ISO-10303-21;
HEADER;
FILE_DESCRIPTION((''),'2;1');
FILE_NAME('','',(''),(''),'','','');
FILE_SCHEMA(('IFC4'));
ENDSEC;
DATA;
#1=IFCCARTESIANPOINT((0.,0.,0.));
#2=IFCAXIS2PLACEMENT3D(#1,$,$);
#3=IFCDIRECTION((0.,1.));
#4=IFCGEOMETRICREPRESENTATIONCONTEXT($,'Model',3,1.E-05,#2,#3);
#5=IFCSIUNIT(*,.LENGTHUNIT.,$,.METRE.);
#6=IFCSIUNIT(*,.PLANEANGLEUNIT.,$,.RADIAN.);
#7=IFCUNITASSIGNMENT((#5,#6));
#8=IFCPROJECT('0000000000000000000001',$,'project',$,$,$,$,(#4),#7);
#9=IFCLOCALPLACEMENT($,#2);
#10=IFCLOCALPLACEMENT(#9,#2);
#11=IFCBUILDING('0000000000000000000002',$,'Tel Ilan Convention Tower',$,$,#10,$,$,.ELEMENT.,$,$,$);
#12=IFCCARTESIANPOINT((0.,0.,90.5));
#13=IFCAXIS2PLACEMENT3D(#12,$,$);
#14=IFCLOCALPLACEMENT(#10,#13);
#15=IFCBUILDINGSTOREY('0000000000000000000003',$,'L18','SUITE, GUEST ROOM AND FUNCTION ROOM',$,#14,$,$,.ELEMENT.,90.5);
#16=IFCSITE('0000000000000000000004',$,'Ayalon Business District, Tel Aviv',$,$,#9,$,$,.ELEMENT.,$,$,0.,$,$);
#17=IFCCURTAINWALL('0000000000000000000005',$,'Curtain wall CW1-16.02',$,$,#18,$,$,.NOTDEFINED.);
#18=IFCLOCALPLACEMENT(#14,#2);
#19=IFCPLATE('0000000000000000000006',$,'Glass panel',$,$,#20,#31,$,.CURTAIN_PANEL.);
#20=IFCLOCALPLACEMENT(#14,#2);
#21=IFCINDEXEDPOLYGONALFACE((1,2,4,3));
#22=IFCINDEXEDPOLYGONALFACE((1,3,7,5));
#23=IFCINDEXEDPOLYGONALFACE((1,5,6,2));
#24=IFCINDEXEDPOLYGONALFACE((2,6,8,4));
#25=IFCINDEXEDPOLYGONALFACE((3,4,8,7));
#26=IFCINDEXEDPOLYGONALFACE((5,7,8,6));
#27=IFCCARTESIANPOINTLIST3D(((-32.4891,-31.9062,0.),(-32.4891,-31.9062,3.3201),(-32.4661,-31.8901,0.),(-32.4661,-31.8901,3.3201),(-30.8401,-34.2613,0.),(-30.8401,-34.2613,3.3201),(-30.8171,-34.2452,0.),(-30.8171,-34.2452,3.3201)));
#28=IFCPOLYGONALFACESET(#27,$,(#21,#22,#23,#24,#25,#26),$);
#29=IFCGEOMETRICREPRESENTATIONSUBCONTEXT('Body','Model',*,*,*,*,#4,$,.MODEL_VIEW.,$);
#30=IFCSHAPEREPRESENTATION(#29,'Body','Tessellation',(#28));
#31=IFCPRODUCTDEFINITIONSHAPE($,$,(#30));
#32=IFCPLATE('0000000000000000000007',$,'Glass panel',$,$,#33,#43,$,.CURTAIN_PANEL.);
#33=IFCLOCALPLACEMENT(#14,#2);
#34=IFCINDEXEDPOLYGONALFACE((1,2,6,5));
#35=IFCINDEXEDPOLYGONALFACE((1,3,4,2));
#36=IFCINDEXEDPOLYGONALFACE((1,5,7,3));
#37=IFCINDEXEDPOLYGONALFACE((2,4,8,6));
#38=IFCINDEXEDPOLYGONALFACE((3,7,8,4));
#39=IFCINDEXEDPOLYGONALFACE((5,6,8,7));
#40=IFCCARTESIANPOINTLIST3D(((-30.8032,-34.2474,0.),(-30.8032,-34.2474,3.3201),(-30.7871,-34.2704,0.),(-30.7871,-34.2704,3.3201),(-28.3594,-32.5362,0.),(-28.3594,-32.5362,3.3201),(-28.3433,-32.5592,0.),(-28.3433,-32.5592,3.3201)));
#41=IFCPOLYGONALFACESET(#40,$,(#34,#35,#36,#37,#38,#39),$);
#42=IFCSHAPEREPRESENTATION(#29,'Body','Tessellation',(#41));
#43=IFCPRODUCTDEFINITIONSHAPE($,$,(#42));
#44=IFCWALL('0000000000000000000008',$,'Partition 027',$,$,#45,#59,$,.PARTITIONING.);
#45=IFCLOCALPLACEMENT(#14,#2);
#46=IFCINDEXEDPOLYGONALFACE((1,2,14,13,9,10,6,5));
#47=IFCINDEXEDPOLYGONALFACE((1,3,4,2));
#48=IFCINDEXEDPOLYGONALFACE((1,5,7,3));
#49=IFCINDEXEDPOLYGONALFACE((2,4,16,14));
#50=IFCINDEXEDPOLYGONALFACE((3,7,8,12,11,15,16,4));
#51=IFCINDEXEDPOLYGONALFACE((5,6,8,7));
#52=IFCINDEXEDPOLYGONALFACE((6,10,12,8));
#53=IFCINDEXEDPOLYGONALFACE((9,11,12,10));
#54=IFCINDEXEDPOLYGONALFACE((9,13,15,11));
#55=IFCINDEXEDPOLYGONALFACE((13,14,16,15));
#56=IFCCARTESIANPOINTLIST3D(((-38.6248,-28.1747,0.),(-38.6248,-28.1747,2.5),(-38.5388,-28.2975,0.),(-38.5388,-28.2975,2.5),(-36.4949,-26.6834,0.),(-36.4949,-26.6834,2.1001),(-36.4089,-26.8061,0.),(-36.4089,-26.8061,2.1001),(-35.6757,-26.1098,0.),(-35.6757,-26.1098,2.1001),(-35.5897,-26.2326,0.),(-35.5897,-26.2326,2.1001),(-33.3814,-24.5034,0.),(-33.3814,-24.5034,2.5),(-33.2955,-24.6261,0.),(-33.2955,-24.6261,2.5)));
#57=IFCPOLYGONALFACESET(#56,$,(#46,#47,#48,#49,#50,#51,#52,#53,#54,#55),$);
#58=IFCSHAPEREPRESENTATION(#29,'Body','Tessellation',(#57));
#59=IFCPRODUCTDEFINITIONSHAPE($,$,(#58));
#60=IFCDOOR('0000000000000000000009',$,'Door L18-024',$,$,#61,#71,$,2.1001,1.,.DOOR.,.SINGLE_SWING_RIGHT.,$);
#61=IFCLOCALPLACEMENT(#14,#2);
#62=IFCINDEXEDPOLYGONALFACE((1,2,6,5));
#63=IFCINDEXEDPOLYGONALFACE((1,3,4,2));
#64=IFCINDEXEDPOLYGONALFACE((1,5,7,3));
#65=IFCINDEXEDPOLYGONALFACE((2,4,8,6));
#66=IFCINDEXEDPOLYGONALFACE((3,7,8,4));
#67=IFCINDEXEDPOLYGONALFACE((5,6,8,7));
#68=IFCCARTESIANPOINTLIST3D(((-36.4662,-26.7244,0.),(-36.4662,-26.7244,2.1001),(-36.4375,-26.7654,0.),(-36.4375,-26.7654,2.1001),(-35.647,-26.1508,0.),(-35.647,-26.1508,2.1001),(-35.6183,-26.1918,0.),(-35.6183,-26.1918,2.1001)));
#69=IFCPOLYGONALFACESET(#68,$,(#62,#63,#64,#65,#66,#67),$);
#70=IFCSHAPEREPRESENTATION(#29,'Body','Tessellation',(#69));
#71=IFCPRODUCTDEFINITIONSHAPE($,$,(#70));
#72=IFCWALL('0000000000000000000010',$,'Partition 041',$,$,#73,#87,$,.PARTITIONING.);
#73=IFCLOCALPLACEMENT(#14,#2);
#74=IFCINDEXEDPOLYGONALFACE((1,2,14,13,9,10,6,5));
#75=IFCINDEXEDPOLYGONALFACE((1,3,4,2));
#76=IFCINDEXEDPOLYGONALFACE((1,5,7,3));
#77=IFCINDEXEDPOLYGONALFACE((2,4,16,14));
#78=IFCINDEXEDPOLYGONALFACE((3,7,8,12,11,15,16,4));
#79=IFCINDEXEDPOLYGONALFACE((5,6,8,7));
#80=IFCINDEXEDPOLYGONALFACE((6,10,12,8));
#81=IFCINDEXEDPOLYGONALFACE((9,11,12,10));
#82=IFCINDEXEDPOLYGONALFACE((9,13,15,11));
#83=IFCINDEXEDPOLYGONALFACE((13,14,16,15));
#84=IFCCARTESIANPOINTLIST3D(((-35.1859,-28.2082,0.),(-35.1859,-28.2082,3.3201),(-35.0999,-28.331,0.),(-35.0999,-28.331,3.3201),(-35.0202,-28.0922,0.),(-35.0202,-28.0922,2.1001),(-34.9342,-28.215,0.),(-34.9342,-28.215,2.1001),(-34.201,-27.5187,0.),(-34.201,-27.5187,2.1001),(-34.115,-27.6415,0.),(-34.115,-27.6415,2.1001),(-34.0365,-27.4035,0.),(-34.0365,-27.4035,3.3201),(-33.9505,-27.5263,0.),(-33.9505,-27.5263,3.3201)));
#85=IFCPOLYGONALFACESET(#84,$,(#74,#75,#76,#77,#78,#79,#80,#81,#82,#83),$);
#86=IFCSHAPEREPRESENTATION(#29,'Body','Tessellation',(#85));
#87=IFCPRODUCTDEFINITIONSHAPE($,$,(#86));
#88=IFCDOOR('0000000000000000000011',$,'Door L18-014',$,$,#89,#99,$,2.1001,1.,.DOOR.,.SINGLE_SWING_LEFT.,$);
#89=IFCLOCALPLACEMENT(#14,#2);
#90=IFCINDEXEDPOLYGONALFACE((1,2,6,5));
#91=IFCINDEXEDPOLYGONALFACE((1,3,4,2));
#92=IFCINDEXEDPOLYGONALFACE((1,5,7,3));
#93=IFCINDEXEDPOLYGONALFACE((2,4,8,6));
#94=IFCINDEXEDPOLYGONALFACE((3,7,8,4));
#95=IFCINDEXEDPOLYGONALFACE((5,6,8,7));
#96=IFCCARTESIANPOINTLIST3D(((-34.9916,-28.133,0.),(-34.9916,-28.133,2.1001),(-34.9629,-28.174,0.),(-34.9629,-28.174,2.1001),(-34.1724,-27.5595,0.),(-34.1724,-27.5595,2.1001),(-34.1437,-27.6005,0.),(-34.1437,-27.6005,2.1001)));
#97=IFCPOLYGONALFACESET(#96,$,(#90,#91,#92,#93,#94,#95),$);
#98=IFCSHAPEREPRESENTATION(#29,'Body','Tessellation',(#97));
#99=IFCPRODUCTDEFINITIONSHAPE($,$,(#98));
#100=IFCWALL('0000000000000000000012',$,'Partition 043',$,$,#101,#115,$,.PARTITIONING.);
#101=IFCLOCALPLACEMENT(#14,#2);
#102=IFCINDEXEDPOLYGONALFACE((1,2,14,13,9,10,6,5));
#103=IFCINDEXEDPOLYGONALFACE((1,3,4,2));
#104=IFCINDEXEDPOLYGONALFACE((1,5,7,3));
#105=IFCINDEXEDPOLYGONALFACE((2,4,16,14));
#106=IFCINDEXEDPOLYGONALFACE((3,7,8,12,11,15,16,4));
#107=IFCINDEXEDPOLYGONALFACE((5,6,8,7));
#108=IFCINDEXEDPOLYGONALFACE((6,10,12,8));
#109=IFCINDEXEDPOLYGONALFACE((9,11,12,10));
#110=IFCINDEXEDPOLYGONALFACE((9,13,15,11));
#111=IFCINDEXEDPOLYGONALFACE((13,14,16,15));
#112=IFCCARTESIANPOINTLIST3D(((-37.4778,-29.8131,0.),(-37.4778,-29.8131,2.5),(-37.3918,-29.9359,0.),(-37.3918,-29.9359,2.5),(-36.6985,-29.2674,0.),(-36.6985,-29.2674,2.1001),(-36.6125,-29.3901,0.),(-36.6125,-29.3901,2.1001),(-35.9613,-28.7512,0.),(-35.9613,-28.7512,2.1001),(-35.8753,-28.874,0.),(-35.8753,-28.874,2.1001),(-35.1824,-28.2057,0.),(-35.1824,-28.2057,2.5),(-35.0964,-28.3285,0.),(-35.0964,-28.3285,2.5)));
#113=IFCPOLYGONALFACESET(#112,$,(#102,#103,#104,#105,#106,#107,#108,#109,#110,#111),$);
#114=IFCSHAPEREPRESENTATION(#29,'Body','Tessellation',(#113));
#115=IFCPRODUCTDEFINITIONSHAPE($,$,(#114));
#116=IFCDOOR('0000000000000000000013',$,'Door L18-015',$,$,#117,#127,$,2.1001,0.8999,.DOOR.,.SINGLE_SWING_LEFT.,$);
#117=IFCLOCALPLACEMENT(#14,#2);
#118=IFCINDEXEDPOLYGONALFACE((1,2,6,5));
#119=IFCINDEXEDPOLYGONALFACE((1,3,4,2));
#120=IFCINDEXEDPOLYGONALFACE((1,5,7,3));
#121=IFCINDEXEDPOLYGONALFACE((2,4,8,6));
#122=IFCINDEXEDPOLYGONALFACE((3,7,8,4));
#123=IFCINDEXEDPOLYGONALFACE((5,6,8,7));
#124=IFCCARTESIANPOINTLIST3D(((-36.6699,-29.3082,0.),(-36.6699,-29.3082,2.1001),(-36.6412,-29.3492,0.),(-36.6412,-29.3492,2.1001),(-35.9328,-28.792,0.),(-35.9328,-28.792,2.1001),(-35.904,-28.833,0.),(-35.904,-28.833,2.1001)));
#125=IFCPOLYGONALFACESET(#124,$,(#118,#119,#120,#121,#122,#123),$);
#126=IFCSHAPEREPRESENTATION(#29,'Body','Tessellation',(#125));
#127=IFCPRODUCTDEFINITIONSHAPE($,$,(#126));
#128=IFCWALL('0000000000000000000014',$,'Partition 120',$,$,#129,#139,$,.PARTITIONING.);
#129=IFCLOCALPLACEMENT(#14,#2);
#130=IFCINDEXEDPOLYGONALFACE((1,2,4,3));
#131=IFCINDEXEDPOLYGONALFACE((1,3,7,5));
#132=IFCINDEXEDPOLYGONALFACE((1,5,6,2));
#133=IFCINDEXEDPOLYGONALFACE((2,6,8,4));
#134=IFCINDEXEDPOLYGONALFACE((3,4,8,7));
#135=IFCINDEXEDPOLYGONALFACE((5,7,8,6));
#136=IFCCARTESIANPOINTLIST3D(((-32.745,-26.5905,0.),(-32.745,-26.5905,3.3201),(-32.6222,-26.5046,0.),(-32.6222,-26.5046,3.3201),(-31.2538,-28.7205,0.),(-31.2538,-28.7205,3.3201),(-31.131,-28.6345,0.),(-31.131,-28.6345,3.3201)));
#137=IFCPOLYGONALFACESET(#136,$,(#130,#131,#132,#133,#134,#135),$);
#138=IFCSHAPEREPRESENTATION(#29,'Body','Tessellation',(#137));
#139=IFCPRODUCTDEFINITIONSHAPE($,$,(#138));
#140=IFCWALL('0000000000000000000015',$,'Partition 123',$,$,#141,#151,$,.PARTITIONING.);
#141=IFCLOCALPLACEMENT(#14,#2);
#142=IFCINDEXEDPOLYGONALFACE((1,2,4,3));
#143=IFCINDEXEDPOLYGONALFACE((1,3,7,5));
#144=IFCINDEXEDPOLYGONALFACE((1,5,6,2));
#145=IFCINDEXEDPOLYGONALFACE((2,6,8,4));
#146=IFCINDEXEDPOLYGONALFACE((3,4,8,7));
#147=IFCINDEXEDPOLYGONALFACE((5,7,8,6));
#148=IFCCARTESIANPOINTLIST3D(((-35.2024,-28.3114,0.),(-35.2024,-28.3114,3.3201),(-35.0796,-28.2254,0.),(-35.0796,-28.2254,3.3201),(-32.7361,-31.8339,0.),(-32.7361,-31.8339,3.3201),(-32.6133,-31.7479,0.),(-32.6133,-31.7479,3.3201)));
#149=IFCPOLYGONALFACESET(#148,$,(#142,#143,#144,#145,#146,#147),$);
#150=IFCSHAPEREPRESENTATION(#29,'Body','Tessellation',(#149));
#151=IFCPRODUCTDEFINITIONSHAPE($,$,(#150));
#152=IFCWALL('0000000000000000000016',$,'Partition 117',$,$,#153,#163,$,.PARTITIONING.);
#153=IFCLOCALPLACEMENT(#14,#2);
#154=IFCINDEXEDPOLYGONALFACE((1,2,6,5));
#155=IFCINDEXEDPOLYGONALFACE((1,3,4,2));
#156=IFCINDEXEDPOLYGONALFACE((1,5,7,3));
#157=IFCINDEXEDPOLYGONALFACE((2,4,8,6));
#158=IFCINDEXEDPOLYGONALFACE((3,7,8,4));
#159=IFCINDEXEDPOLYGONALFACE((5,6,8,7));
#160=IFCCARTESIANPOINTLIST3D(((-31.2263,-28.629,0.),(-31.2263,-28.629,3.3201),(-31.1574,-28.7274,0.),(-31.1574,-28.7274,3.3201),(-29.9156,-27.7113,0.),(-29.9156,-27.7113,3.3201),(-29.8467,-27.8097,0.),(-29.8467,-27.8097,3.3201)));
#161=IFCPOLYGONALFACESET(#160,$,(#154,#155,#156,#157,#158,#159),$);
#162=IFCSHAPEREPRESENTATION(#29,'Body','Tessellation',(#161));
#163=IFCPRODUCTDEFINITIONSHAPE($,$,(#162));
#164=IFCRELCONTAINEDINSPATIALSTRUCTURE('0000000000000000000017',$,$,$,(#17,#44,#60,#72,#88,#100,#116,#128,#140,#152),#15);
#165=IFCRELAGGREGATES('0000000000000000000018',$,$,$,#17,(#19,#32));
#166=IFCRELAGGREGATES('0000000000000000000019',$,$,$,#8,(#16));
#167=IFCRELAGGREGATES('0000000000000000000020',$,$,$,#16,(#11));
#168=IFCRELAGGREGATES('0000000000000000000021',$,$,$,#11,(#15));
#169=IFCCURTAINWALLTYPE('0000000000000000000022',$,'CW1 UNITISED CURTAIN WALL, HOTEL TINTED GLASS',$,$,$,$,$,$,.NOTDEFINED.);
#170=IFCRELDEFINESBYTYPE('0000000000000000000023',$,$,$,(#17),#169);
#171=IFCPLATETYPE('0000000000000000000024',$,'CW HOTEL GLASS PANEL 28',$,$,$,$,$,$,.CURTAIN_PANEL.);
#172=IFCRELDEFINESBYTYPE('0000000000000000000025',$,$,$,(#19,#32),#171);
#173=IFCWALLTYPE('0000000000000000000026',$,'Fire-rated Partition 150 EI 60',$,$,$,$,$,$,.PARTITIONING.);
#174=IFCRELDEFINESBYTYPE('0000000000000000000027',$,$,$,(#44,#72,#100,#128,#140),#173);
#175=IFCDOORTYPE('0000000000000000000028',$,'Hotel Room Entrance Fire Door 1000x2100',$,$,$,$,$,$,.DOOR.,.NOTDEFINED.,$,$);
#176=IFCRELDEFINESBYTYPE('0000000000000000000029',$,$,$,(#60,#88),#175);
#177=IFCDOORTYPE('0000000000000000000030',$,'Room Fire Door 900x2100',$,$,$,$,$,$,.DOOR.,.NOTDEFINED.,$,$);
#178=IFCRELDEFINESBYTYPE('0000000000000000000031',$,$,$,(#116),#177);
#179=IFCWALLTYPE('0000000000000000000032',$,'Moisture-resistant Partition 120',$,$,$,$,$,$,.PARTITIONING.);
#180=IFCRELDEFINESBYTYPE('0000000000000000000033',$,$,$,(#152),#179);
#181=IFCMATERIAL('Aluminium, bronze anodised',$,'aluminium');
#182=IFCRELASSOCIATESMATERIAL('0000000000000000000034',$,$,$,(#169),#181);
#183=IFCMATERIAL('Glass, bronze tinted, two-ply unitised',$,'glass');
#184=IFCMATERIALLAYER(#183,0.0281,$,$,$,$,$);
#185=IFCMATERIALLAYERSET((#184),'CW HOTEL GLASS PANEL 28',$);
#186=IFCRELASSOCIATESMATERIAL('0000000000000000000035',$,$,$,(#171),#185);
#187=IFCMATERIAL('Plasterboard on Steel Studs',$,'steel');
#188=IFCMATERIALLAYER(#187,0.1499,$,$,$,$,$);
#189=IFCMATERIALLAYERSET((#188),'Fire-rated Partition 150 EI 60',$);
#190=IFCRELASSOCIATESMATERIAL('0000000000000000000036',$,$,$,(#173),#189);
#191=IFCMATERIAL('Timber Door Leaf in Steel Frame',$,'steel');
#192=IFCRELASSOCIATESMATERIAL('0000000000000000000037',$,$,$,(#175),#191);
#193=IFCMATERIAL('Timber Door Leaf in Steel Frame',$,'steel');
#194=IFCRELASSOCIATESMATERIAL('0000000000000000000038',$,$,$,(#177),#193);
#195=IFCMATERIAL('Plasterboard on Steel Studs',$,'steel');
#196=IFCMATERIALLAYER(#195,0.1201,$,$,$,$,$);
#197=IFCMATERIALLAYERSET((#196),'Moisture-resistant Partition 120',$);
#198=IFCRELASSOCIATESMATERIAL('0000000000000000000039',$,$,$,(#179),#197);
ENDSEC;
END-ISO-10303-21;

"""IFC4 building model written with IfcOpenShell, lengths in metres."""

from ifc_helpers import new_model, si_unit, direction, frame, frame_2d, origin, origin_2d, place, context, subcontext, project, spatial, rectangle, extrude, material, layer, layer_set, type_object, element, fill, aggregate, save


model = new_model("IFC4")

# Units and contexts
model_context = context("Model", 3, precision=1e-05, world=origin(), true_north=direction((0.0, 1.0)))
body_context = subcontext(model_context, "Body", "Model", "MODEL_VIEW")
ifc_project = project(units=[si_unit("LENGTHUNIT", "METRE"), si_unit("PLANEANGLEUNIT", "RADIAN")], contexts=[model_context])

# Site, building, storey
site_placement = place(None, origin())
site = spatial("IfcSite", under=ifc_project, at=site_placement, Name="Ayalon Business District, Tel Aviv", CompositionType="ELEMENT", RefElevation=0.0)
building_placement = place(site_placement, origin())
building = spatial("IfcBuilding", under=site, at=building_placement, Name="Tel Ilan Convention Tower", CompositionType="ELEMENT")
storey_placement = place(building_placement, frame((0.0, 0.0, 90.5)))
storey = spatial("IfcBuildingStorey", under=building, at=storey_placement, Name="L18", Description="SUITE, GUEST ROOM AND FUNCTION ROOM", CompositionType="ELEMENT", Elevation=90.5)

# Curtain wall, plates
ifc_material_1 = material(Name="Aluminium, bronze anodised", Category="aluminium")
curtain_wall_type = type_object("IfcCurtainWallType", Name="CW1 UNITISED CURTAIN WALL, HOTEL TINTED GLASS", PredefinedType="NOTDEFINED", material=ifc_material_1)
curtain_wall_placement = place(storey_placement, origin())
curtain_wall = element("IfcCurtainWall", 1, at=curtain_wall_placement, inside=storey, type_object=curtain_wall_type, Name="Curtain wall CW1-16.02", PredefinedType="NOTDEFINED")
ifc_material_2 = material(Name="Glass, bronze tinted, two-ply unitised", Category="glass")
ifc_layer_1 = layer(ifc_material_2, 0.0281)
ifc_layer_set_1 = layer_set([ifc_layer_1], Name="CW HOTEL GLASS PANEL 28")
plate_type = type_object("IfcPlateType", Name="CW HOTEL GLASS PANEL 28", PredefinedType="CURTAIN_PANEL", material=ifc_layer_set_1)
plate_1_placement = place(storey_placement, frame((-31.6531, -33.0757, 0.0), z_axis=(0.0, 0.0, 1.0), x_axis=(0.573576, -0.819152, 0.0)))
plate_1 = element("IfcPlate", 2, at=plate_1_placement, type_object=plate_type, Name="Glass panel", PredefinedType="CURTAIN_PANEL", context=body_context, shape_type="SweptSolid", body=[
    extrude(rectangle(XDim=2.875, YDim=0.0281, at=origin_2d()), origin(), (0.0, 0.0, 1.0), 3.3201),
])
plate_2_placement = place(storey_placement, frame((-29.5732, -33.4033, 0.0), z_axis=(0.0, 0.0, 1.0), x_axis=(0.819152, 0.573576, 0.0)))
plate_2 = element("IfcPlate", 3, at=plate_2_placement, type_object=plate_type, Name="Glass panel", PredefinedType="CURTAIN_PANEL", context=body_context, shape_type="SweptSolid", body=[
    extrude(rectangle(XDim=2.9834, YDim=0.0281, at=origin_2d()), origin(), (0.0, 0.0, 1.0), 3.3201),
])
aggregate(curtain_wall, [plate_1, plate_2])

# Walls, openings, doors
ifc_material_3 = material(Name="Plasterboard on Steel Studs", Category="steel")
ifc_layer_2 = layer(ifc_material_3, 0.1499)
ifc_layer_set_2 = layer_set([ifc_layer_2], Name="Fire-rated Partition 150 EI 60")
wall_type_1 = type_object("IfcWallType", Name="Fire-rated Partition 150 EI 60", PredefinedType="PARTITIONING", material=ifc_layer_set_2)
wall_1_placement = place(storey_placement, frame((-38.5818, -28.2361, 0.0), z_axis=(0.0, 0.0, 1.0), x_axis=(0.819158, 0.573567, 0.0)))
wall_1 = element("IfcWall", 4, at=wall_1_placement, inside=storey, type_object=wall_type_1, Name="Partition 027", PredefinedType="PARTITIONING", context=body_context, shape_type="SweptSolid", body=[
    extrude(rectangle(XDim=6.4009, YDim=0.1499, at=frame_2d((3.2004, 0.0))), origin(), (0.0, 0.0, 1.0), 2.5),
])
opening_1_placement = place(wall_1_placement, frame((2.6001, 0.0, 0.0)))
opening_1 = element("IfcOpeningElement", 5, at=opening_1_placement, cuts=wall_1, PredefinedType="OPENING", context=body_context, shape_type="SweptSolid", body=[
    extrude(rectangle(XDim=1.0, YDim=2.1001, at=frame_2d((0.5, 1.05))), frame((0.0, 0.085, 0.0), z_axis=(0.0, -1.0, 0.0), x_axis=(1.0, 0.0, 0.0)), (0.0, 0.0, 1.0), 0.1699),
])
ifc_material_4 = material(Name="Timber Door Leaf in Steel Frame", Category="steel")
door_type_1 = type_object("IfcDoorType", Name="Hotel Room Entrance Fire Door 1000x2100", OperationType="NOTDEFINED", PredefinedType="DOOR", material=ifc_material_4)
door_1_placement = place(opening_1_placement, origin())
door_1 = element("IfcDoor", 6, at=door_1_placement, inside=storey, type_object=door_type_1, Name="Door L18-024", OperationType="SINGLE_SWING_RIGHT", OverallHeight=2.1001, OverallWidth=1.0, PredefinedType="DOOR", context=body_context, shape_type="SweptSolid", body=[
    extrude(rectangle(XDim=1.0, YDim=2.1001, at=frame_2d((0.5, 1.05))), frame((0.0, 0.0249, 0.0), z_axis=(0.0, -1.0, 0.0), x_axis=(1.0, 0.0, 0.0)), (0.0, 0.0, 1.0), 0.05),
])
fill(opening_1, door_1)
wall_2_placement = place(storey_placement, frame((-33.9934, -27.4648, 0.0), z_axis=(0.0, 0.0, 1.0), x_axis=(-0.819199, -0.573509, 0.0)))
wall_2 = element("IfcWall", 7, at=wall_2_placement, inside=storey, type_object=wall_type_1, Name="Partition 041", PredefinedType="PARTITIONING", context=body_context, shape_type="SweptSolid", body=[
    extrude(rectangle(XDim=1.4031, YDim=0.1499, at=frame_2d((0.7017, 0.0))), origin(), (0.0, 0.0, 1.0), 3.3201),
])
opening_2_placement = place(wall_2_placement, frame((0.2009, 0.0, 0.0)))
opening_2 = element("IfcOpeningElement", 8, at=opening_2_placement, cuts=wall_2, PredefinedType="OPENING", context=body_context, shape_type="SweptSolid", body=[
    extrude(rectangle(XDim=1.0, YDim=2.1001, at=frame_2d((0.5, 1.05))), frame((0.0, 0.085, 0.0), z_axis=(0.0, -1.0, 0.0), x_axis=(1.0, 0.0, 0.0)), (0.0, 0.0, 1.0), 0.1699),
])
door_2_placement = place(opening_2_placement, origin())
door_2 = element("IfcDoor", 9, at=door_2_placement, inside=storey, type_object=door_type_1, Name="Door L18-014", OperationType="SINGLE_SWING_LEFT", OverallHeight=2.1001, OverallWidth=1.0, PredefinedType="DOOR", context=body_context, shape_type="SweptSolid", body=[
    extrude(rectangle(XDim=1.0, YDim=2.1001, at=frame_2d((0.5, 1.05))), frame((0.0, 0.0249, 0.0), z_axis=(0.0, -1.0, 0.0), x_axis=(1.0, 0.0, 0.0)), (0.0, 0.0, 1.0), 0.05),
])
fill(opening_2, door_2)
wall_3_placement = place(storey_placement, frame((-35.1394, -28.2671, 0.0), z_axis=(0.0, 0.0, 1.0), x_axis=(-0.819125, -0.573614, 0.0)))
wall_3 = element("IfcWall", 10, at=wall_3_placement, inside=storey, type_object=wall_type_1, Name="Partition 043", PredefinedType="PARTITIONING", context=body_context, shape_type="SweptSolid", body=[
    extrude(rectangle(XDim=2.8022, YDim=0.1499, at=frame_2d((1.4011, 0.0))), origin(), (0.0, 0.0, 1.0), 2.5),
])
opening_3_placement = place(wall_3_placement, frame((0.9509, 0.0, 0.0)))
opening_3 = element("IfcOpeningElement", 11, at=opening_3_placement, cuts=wall_3, PredefinedType="OPENING", context=body_context, shape_type="SweptSolid", body=[
    extrude(rectangle(XDim=0.8999, YDim=2.1001, at=frame_2d((0.45, 1.05))), frame((0.0, 0.085, 0.0), z_axis=(0.0, -1.0, 0.0), x_axis=(1.0, 0.0, 0.0)), (0.0, 0.0, 1.0), 0.1699),
])
ifc_material_5 = material(Name="Timber Door Leaf in Steel Frame", Category="steel")
door_type_2 = type_object("IfcDoorType", Name="Room Fire Door 900x2100", OperationType="NOTDEFINED", PredefinedType="DOOR", material=ifc_material_5)
door_3_placement = place(opening_3_placement, origin())
door_3 = element("IfcDoor", 12, at=door_3_placement, inside=storey, type_object=door_type_2, Name="Door L18-015", OperationType="SINGLE_SWING_LEFT", OverallHeight=2.1001, OverallWidth=0.8999, PredefinedType="DOOR", context=body_context, shape_type="SweptSolid", body=[
    extrude(rectangle(XDim=0.8999, YDim=2.1001, at=frame_2d((0.45, 1.05))), frame((0.0, 0.0249, 0.0), z_axis=(0.0, -1.0, 0.0), x_axis=(1.0, 0.0, 0.0)), (0.0, 0.0, 1.0), 0.05),
])
fill(opening_3, door_3)

# Walls
wall_4_placement = place(storey_placement, frame((-31.1924, -28.6775, 0.0), z_axis=(0.0, 0.0, 1.0), x_axis=(-0.573538, 0.819179, 0.0)))
element("IfcWall", 13, at=wall_4_placement, inside=storey, type_object=wall_type_1, Name="Partition 120", PredefinedType="PARTITIONING", context=body_context, shape_type="SweptSolid", body=[
    extrude(rectangle(XDim=2.6001, YDim=0.1499, at=frame_2d((1.3, 0.0))), origin(), (0.0, 0.0, 1.0), 3.3201),
])
wall_5_placement = place(storey_placement, frame((-32.6748, -31.7908, 0.0), z_axis=(0.0, 0.0, 1.0), x_axis=(-0.573554, 0.819168, 0.0)))
element("IfcWall", 14, at=wall_5_placement, inside=storey, type_object=wall_type_1, Name="Partition 123", PredefinedType="PARTITIONING", context=body_context, shape_type="SweptSolid", body=[
    extrude(rectangle(XDim=4.3, YDim=0.1499, at=frame_2d((2.1499, 0.0))), origin(), (0.0, 0.0, 1.0), 3.3201),
])
ifc_material_6 = material(Name="Plasterboard on Steel Studs", Category="steel")
ifc_layer_3 = layer(ifc_material_6, 0.1201)
ifc_layer_set_3 = layer_set([ifc_layer_3], Name="Moisture-resistant Partition 120")
wall_type_2 = type_object("IfcWallType", Name="Moisture-resistant Partition 120", PredefinedType="PARTITIONING", material=ifc_layer_set_3)
wall_6_placement = place(storey_placement, frame((-31.1919, -28.6782, 0.0), z_axis=(0.0, 0.0, 1.0), x_axis=(0.819182, 0.573534, 0.0)))
element("IfcWall", 15, at=wall_6_placement, inside=storey, type_object=wall_type_2, Name="Partition 117", PredefinedType="PARTITIONING", context=body_context, shape_type="SweptSolid", body=[
    extrude(rectangle(XDim=1.6001, YDim=0.1201, at=frame_2d((0.8, 0.0))), origin(), (0.0, 0.0, 1.0), 3.3201),
])

save(model, "model.ifc")
